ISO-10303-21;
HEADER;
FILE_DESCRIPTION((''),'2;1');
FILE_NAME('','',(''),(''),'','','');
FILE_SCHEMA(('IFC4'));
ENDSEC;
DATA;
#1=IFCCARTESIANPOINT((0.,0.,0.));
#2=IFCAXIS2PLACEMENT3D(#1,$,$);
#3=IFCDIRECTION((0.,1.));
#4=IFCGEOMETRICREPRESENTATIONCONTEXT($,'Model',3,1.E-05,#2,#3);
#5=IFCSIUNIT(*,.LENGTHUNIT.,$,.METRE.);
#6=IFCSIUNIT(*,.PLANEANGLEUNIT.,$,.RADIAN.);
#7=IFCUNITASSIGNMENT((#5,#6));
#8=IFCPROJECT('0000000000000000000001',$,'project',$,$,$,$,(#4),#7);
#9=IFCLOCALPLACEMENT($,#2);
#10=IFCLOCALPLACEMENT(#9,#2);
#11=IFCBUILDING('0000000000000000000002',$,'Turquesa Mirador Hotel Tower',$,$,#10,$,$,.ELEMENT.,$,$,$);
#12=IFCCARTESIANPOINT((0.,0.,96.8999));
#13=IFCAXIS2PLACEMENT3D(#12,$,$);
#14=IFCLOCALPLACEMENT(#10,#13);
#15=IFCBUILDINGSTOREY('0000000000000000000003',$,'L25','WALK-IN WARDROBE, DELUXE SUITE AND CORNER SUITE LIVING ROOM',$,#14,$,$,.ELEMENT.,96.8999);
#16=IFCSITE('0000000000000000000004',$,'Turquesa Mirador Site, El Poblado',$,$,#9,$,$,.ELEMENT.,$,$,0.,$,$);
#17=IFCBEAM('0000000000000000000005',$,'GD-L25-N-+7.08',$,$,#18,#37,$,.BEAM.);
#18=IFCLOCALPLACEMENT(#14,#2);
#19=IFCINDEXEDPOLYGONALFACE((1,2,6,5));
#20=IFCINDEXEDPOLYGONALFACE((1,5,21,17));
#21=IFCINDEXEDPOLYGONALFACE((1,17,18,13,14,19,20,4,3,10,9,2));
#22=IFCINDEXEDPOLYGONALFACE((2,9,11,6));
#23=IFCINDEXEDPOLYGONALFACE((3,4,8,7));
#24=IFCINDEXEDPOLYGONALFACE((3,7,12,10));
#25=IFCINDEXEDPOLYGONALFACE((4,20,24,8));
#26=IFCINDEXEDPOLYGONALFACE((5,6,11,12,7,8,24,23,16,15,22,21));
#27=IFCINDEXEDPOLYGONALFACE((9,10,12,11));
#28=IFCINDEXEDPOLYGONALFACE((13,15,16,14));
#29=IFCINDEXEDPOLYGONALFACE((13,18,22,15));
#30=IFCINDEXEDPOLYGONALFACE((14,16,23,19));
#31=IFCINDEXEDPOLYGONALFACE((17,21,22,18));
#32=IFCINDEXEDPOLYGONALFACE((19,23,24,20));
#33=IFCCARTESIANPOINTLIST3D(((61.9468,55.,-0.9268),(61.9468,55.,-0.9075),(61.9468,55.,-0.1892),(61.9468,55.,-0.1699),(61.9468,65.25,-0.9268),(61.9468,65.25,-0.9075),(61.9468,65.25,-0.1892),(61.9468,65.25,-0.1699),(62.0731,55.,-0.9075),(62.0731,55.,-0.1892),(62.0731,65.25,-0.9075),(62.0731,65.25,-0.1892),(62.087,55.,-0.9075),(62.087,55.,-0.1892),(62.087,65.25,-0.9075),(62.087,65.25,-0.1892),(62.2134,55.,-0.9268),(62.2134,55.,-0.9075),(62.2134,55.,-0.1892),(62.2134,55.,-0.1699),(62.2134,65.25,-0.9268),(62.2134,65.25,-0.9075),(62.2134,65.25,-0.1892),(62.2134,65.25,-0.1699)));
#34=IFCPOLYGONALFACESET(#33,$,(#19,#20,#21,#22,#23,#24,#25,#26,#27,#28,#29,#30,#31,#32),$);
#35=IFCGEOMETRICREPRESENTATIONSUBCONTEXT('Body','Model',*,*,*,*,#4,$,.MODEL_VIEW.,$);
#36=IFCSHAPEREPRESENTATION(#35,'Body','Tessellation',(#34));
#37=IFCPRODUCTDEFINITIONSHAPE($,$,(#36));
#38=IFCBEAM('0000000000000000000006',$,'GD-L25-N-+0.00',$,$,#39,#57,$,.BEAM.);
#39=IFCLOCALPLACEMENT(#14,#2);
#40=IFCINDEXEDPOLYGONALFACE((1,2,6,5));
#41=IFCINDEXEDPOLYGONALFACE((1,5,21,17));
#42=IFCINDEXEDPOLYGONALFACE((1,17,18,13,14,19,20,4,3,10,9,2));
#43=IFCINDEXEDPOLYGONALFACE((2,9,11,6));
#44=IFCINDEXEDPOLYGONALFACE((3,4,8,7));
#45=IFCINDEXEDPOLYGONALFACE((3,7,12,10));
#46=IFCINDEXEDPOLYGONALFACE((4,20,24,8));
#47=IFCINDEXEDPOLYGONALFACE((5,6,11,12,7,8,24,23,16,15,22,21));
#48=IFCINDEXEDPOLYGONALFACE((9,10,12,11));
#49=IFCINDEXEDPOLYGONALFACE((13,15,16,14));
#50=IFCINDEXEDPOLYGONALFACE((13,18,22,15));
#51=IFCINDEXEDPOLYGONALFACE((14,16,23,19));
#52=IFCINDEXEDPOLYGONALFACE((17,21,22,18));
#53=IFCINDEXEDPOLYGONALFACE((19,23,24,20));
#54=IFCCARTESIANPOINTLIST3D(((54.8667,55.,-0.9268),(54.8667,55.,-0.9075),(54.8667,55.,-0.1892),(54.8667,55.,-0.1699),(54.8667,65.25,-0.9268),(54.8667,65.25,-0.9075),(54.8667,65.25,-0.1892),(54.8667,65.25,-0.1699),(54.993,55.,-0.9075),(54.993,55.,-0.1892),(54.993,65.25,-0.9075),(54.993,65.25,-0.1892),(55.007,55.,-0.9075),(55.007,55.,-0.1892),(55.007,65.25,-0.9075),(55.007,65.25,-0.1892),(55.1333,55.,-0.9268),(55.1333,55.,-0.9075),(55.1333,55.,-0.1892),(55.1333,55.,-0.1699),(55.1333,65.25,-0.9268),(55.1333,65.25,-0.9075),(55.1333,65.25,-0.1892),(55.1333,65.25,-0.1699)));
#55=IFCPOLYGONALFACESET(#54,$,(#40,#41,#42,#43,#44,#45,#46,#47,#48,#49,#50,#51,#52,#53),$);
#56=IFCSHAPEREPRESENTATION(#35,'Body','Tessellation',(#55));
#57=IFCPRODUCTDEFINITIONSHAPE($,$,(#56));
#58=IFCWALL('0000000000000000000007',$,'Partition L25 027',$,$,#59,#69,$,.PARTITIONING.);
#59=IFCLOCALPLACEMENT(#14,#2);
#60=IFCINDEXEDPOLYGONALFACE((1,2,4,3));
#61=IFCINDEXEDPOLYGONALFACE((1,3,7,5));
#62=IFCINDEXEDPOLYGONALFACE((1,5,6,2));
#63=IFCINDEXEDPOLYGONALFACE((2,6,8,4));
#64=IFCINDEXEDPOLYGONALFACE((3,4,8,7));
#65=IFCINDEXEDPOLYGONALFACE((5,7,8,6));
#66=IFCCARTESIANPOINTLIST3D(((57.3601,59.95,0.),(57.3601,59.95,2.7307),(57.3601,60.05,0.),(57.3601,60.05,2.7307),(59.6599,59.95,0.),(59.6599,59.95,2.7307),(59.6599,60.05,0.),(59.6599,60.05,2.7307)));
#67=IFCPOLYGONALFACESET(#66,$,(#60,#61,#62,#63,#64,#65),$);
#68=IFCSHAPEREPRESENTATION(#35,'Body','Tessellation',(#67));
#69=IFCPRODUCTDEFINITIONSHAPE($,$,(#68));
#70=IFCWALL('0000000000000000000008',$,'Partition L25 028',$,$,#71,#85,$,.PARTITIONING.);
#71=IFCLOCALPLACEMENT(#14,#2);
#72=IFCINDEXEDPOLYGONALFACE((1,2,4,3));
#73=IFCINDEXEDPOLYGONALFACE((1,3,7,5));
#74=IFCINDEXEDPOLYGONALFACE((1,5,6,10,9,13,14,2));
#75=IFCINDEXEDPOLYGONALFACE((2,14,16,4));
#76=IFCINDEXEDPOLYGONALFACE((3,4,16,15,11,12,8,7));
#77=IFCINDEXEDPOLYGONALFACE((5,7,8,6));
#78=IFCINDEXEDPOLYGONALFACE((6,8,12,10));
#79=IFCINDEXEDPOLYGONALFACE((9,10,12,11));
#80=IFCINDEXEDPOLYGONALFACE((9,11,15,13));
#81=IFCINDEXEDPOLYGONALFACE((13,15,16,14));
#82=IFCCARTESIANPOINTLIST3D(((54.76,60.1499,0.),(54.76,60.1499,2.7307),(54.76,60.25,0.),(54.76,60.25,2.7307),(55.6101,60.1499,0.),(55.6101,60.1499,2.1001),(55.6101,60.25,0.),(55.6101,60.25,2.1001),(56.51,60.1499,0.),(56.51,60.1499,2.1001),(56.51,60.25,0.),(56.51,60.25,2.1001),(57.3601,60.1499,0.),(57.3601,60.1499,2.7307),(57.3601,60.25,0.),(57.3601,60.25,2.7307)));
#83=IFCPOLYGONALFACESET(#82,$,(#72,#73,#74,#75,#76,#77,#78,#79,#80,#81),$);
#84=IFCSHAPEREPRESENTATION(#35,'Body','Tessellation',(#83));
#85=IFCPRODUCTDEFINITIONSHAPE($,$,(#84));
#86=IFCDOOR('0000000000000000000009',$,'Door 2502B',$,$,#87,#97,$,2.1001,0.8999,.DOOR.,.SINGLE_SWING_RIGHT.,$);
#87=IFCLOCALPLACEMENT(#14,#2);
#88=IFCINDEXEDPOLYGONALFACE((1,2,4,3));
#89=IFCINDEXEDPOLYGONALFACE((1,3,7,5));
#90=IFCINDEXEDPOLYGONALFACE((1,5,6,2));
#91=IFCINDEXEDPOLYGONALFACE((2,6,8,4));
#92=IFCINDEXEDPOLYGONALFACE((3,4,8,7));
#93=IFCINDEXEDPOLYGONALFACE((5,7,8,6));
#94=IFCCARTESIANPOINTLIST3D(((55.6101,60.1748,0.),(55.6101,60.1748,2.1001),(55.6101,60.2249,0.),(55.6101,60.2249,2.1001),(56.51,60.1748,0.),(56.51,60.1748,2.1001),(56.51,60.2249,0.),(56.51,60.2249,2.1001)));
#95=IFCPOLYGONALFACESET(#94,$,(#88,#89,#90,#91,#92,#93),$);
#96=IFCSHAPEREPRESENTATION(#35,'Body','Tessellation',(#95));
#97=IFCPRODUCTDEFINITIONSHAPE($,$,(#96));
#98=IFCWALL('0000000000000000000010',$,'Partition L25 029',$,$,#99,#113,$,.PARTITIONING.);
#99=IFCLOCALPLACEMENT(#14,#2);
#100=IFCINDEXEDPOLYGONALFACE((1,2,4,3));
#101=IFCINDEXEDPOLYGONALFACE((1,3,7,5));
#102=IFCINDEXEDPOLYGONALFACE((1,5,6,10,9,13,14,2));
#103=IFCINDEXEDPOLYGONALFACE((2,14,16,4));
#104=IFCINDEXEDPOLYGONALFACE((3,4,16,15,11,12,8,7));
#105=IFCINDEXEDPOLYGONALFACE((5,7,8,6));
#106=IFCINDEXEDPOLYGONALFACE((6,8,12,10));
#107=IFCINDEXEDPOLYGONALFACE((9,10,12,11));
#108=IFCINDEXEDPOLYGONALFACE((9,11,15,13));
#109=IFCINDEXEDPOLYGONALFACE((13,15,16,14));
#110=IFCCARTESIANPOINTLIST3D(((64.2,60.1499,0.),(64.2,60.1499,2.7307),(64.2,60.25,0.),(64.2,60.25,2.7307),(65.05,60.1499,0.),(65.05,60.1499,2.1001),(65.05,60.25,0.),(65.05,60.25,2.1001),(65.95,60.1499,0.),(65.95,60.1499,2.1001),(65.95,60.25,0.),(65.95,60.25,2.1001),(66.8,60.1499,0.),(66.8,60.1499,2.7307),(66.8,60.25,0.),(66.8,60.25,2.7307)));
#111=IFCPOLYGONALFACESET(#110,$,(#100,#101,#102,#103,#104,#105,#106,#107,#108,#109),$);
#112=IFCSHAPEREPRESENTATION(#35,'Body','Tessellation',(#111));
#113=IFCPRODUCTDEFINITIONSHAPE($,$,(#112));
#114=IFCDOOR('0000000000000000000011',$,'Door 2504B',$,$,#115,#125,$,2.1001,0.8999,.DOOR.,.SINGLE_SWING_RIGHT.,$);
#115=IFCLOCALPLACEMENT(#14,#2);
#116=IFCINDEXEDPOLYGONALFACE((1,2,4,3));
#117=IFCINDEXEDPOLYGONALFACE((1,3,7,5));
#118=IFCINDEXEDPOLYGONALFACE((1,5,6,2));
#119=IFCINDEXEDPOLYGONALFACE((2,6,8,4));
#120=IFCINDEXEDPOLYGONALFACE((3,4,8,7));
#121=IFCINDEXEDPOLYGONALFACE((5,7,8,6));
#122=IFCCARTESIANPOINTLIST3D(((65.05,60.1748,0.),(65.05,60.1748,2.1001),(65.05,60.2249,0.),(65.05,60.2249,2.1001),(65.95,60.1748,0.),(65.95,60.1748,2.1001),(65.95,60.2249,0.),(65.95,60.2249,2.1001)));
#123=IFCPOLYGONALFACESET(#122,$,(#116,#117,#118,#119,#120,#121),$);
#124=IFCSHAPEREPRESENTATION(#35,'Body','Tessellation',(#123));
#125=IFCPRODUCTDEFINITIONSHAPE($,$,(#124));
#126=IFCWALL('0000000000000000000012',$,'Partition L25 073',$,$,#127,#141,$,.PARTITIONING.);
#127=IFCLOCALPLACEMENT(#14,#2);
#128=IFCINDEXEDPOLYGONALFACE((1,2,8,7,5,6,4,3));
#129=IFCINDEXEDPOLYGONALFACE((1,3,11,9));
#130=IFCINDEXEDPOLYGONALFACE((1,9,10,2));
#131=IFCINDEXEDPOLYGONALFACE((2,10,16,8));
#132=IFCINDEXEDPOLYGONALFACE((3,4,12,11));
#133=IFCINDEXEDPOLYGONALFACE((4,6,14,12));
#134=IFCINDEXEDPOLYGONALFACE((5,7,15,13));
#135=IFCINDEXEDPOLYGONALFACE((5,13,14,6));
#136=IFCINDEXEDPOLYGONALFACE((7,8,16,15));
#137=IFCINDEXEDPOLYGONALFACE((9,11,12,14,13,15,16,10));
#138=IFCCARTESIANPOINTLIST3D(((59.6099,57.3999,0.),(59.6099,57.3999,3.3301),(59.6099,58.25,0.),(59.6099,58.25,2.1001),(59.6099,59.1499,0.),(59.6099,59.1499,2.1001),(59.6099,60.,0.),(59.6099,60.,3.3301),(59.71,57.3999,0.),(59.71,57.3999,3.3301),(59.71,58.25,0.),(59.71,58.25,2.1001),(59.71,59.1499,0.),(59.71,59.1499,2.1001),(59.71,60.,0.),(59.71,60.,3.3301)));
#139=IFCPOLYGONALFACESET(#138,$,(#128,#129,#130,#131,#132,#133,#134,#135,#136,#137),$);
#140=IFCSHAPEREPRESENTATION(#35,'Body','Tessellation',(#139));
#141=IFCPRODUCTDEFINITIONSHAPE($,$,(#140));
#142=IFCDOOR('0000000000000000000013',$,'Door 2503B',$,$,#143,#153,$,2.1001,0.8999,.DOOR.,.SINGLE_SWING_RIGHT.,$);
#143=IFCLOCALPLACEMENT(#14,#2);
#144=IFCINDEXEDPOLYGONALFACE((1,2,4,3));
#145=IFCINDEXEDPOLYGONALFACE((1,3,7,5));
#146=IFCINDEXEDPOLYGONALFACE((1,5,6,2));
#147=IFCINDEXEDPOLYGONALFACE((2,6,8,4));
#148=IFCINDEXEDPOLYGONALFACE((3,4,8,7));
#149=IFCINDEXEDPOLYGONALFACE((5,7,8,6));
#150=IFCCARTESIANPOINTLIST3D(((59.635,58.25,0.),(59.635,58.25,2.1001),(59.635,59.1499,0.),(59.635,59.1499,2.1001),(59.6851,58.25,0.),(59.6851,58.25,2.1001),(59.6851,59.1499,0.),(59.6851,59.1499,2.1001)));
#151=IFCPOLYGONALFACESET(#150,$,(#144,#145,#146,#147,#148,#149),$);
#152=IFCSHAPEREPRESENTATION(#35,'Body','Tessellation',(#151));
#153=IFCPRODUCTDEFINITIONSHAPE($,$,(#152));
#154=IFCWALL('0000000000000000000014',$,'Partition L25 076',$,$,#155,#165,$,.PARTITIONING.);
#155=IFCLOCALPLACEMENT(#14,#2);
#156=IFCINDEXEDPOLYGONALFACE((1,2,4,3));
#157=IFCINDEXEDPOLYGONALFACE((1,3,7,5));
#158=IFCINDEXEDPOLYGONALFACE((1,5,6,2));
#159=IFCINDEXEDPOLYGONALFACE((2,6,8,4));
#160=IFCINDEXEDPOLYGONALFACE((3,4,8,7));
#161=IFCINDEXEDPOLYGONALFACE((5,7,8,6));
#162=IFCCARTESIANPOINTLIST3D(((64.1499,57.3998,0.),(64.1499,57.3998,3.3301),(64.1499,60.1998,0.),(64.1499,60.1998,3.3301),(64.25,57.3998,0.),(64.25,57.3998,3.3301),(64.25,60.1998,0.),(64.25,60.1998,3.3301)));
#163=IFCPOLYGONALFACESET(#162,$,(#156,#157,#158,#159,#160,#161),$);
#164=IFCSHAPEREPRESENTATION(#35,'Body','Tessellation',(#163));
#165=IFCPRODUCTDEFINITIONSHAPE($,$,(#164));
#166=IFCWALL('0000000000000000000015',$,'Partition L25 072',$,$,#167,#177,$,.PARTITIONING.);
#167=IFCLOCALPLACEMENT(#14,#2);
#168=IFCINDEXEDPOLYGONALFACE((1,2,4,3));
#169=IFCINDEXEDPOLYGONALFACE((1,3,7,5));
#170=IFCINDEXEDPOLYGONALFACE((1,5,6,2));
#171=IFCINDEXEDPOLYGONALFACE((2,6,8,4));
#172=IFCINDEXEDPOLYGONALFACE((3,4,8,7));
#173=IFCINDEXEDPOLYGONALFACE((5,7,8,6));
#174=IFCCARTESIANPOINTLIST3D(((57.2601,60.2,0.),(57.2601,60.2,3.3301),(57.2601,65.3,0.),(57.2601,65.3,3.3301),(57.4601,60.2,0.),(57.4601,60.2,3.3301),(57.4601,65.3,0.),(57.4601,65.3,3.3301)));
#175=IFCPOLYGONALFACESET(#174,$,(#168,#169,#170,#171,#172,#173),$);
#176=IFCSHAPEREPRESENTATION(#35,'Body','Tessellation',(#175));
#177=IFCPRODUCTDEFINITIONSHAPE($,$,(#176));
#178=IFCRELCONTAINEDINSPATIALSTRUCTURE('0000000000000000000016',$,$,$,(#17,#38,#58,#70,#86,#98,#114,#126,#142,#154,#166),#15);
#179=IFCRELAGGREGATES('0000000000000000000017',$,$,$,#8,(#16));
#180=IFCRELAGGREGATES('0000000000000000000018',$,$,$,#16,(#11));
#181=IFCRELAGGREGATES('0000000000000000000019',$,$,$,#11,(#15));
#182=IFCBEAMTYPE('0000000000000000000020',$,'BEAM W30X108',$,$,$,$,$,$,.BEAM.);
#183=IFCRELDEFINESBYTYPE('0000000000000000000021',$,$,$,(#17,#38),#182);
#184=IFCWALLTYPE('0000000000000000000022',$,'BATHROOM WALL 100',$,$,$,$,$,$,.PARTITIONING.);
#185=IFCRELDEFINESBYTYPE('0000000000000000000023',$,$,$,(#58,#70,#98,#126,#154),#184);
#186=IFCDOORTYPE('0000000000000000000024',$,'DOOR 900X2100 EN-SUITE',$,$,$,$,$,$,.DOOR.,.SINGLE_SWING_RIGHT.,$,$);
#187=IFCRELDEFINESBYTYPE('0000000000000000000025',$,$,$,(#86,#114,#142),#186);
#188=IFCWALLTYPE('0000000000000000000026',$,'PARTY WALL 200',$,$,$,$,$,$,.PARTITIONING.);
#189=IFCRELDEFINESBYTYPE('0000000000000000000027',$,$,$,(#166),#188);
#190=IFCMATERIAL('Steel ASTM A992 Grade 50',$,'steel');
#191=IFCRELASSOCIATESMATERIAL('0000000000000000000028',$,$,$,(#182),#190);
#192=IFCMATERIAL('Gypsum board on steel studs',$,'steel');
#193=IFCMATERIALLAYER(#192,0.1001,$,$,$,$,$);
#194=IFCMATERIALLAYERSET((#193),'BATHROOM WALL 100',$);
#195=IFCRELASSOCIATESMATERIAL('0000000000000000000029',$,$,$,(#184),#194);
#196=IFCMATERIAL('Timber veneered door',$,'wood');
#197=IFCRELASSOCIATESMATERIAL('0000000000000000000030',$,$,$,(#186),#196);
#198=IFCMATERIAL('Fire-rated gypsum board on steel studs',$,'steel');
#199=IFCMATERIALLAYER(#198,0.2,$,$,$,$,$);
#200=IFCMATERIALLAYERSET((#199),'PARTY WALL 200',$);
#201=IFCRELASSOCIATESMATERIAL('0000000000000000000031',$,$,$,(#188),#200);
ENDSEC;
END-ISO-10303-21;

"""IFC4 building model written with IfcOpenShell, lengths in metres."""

from ifc_helpers import new_model, si_unit, direction, frame, frame_2d, origin, origin_2d, place, context, subcontext, project, spatial, rectangle, i_section, extrude, material, layer, layer_set, material_profile, profile_set, type_object, element, fill, save


model = new_model("IFC4")

# Units and contexts
model_context = context("Model", 3, precision=1e-05, world=origin(), true_north=direction((0.0, 1.0)))
body_context = subcontext(model_context, "Body", "Model", "MODEL_VIEW")
ifc_project = project(units=[si_unit("LENGTHUNIT", "METRE"), si_unit("PLANEANGLEUNIT", "RADIAN")], contexts=[model_context])

# Site, building, storey
site_placement = place(None, origin())
site = spatial("IfcSite", under=ifc_project, at=site_placement, Name="Turquesa Mirador Site, El Poblado", CompositionType="ELEMENT", RefElevation=0.0)
building_placement = place(site_placement, origin())
building = spatial("IfcBuilding", under=site, at=building_placement, Name="Turquesa Mirador Hotel Tower", CompositionType="ELEMENT")
storey_placement = place(building_placement, frame((0.0, 0.0, 96.8999)))
storey = spatial("IfcBuildingStorey", under=building, at=storey_placement, Name="L25", Description="WALK-IN WARDROBE, DELUXE SUITE AND CORNER SUITE LIVING ROOM", CompositionType="ELEMENT", Elevation=96.8999)

# Beams
ifc_material_1 = material(Name="Steel ASTM A992 Grade 50", Category="steel")
ifc_material_profile_1 = material_profile(ifc_material_1, i_section(OverallWidth=0.2666, OverallDepth=0.7568, WebThickness=0.0139, FlangeThickness=0.0193, at=origin_2d()), Name="W30X108")
ifc_profile_set_1 = profile_set([ifc_material_profile_1], Name="Steel ASTM A992 Grade 50")
beam_type_1 = type_object("IfcBeamType", Name="BEAM W30X108", PredefinedType="BEAM", material=ifc_profile_set_1)
for number, where, z_axis, x_axis, name in (
    (1, (62.0801, 65.25, -0.5483), (0.0, -1.0, 0.0), (1.0, 0.0, 0.0), "GD-L25-N-+7.08"),
    (2, (55.0, 65.25, -0.5483), (0.0, -1.0, 0.0), (1.0, 0.0, 0.0), "GD-L25-N-+0.00"),
):
    element("IfcBeam", number, at=place(storey_placement, frame(where, z_axis=z_axis, x_axis=x_axis)), inside=storey, type_object=beam_type_1, Name=name, PredefinedType="BEAM", context=body_context, shape_type="SweptSolid", body=[
        extrude(i_section(OverallWidth=0.2666, OverallDepth=0.7568, WebThickness=0.0139, FlangeThickness=0.0193, at=origin_2d()), origin(), (0.0, 0.0, 1.0), 10.25),
    ])

# Wall
ifc_material_2 = material(Name="Gypsum board on steel studs", Category="steel")
ifc_layer_1 = layer(ifc_material_2, 0.1001)
ifc_layer_set_1 = layer_set([ifc_layer_1], Name="BATHROOM WALL 100")
wall_type_1 = type_object("IfcWallType", Name="BATHROOM WALL 100", PredefinedType="PARTITIONING", material=ifc_layer_set_1)
wall_1_placement = place(storey_placement, frame((57.3601, 60.0, 0.0), z_axis=(0.0, 0.0, 1.0), x_axis=(1.0, 0.0, 0.0)))
element("IfcWall", 3, at=wall_1_placement, inside=storey, type_object=wall_type_1, Name="Partition L25 027", PredefinedType="PARTITIONING", context=body_context, shape_type="SweptSolid", body=[
    extrude(rectangle(XDim=2.2998, YDim=0.1001, at=frame_2d((1.1499, 0.0))), origin(), (0.0, 0.0, 1.0), 2.7307),
])

# Walls, openings, doors
wall_2_placement = place(storey_placement, frame((54.76, 60.2, 0.0), z_axis=(0.0, 0.0, 1.0), x_axis=(1.0, 0.0, 0.0)))
wall_2 = element("IfcWall", 4, at=wall_2_placement, inside=storey, type_object=wall_type_1, Name="Partition L25 028", PredefinedType="PARTITIONING", context=body_context, shape_type="SweptSolid", body=[
    extrude(rectangle(XDim=2.6001, YDim=0.1001, at=frame_2d((1.3, 0.0))), origin(), (0.0, 0.0, 1.0), 2.7307),
])
opening_1_placement = place(wall_2_placement, frame((0.8501, 0.0, 0.0)))
opening_1 = element("IfcOpeningElement", 5, at=opening_1_placement, cuts=wall_2, PredefinedType="OPENING", context=body_context, shape_type="SweptSolid", body=[
    extrude(rectangle(XDim=0.8999, YDim=2.1001, at=frame_2d((0.45, 1.05))), frame((0.0, 0.0601, 0.0), z_axis=(0.0, -1.0, 0.0), x_axis=(1.0, 0.0, 0.0)), (0.0, 0.0, 1.0), 0.1201),
])
ifc_material_3 = material(Name="Timber veneered door", Category="wood")
door_type = type_object("IfcDoorType", Name="DOOR 900X2100 EN-SUITE", OperationType="SINGLE_SWING_RIGHT", PredefinedType="DOOR", material=ifc_material_3)
door_1_placement = place(opening_1_placement, origin())
door_1 = element("IfcDoor", 6, at=door_1_placement, inside=storey, type_object=door_type, Name="Door 2502B", OperationType="SINGLE_SWING_RIGHT", OverallHeight=2.1001, OverallWidth=0.8999, PredefinedType="DOOR", context=body_context, shape_type="SweptSolid", body=[
    extrude(rectangle(XDim=0.8999, YDim=2.1001, at=frame_2d((0.45, 1.05))), frame((0.0, 0.0249, 0.0), z_axis=(0.0, -1.0, 0.0), x_axis=(1.0, 0.0, 0.0)), (0.0, 0.0, 1.0), 0.05),
])
fill(opening_1, door_1)
wall_3_placement = place(storey_placement, frame((64.2, 60.2, 0.0), z_axis=(0.0, 0.0, 1.0), x_axis=(1.0, 0.0, 0.0)))
wall_3 = element("IfcWall", 7, at=wall_3_placement, inside=storey, type_object=wall_type_1, Name="Partition L25 029", PredefinedType="PARTITIONING", context=body_context, shape_type="SweptSolid", body=[
    extrude(rectangle(XDim=2.6001, YDim=0.1001, at=frame_2d((1.3, 0.0))), origin(), (0.0, 0.0, 1.0), 2.7307),
])
opening_2_placement = place(wall_3_placement, frame((0.8501, 0.0, 0.0)))
opening_2 = element("IfcOpeningElement", 8, at=opening_2_placement, cuts=wall_3, PredefinedType="OPENING", context=body_context, shape_type="SweptSolid", body=[
    extrude(rectangle(XDim=0.8999, YDim=2.1001, at=frame_2d((0.45, 1.05))), frame((0.0, 0.0601, 0.0), z_axis=(0.0, -1.0, 0.0), x_axis=(1.0, 0.0, 0.0)), (0.0, 0.0, 1.0), 0.1201),
])
door_2_placement = place(opening_2_placement, origin())
door_2 = element("IfcDoor", 9, at=door_2_placement, inside=storey, type_object=door_type, Name="Door 2504B", OperationType="SINGLE_SWING_RIGHT", OverallHeight=2.1001, OverallWidth=0.8999, PredefinedType="DOOR", context=body_context, shape_type="SweptSolid", body=[
    extrude(rectangle(XDim=0.8999, YDim=2.1001, at=frame_2d((0.45, 1.05))), frame((0.0, 0.0249, 0.0), z_axis=(0.0, -1.0, 0.0), x_axis=(1.0, 0.0, 0.0)), (0.0, 0.0, 1.0), 0.05),
])
fill(opening_2, door_2)
wall_4_placement = place(storey_placement, frame((59.6599, 57.3999, 0.0), z_axis=(0.0, 0.0, 1.0), x_axis=(0.0, 1.0, 0.0)))
wall_4 = element("IfcWall", 10, at=wall_4_placement, inside=storey, type_object=wall_type_1, Name="Partition L25 073", PredefinedType="PARTITIONING", context=body_context, shape_type="SweptSolid", body=[
    extrude(rectangle(XDim=2.6001, YDim=0.1001, at=frame_2d((1.3, 0.0))), origin(), (0.0, 0.0, 1.0), 3.3301),
])
opening_3_placement = place(wall_4_placement, frame((0.8501, 0.0, 0.0)))
opening_3 = element("IfcOpeningElement", 11, at=opening_3_placement, cuts=wall_4, PredefinedType="OPENING", context=body_context, shape_type="SweptSolid", body=[
    extrude(rectangle(XDim=0.8999, YDim=2.1001, at=frame_2d((0.45, 1.05))), frame((0.0, 0.0601, 0.0), z_axis=(0.0, -1.0, 0.0), x_axis=(1.0, 0.0, 0.0)), (0.0, 0.0, 1.0), 0.1201),
])
door_3_placement = place(opening_3_placement, origin())
door_3 = element("IfcDoor", 12, at=door_3_placement, inside=storey, type_object=door_type, Name="Door 2503B", OperationType="SINGLE_SWING_RIGHT", OverallHeight=2.1001, OverallWidth=0.8999, PredefinedType="DOOR", context=body_context, shape_type="SweptSolid", body=[
    extrude(rectangle(XDim=0.8999, YDim=2.1001, at=frame_2d((0.45, 1.05))), frame((0.0, 0.0249, 0.0), z_axis=(0.0, -1.0, 0.0), x_axis=(1.0, 0.0, 0.0)), (0.0, 0.0, 1.0), 0.05),
])
fill(opening_3, door_3)

# Walls
wall_5_placement = place(storey_placement, frame((64.2, 57.3999, 0.0), z_axis=(0.0, 0.0, 1.0), x_axis=(0.0, 1.0, 0.0)))
element("IfcWall", 13, at=wall_5_placement, inside=storey, type_object=wall_type_1, Name="Partition L25 076", PredefinedType="PARTITIONING", context=body_context, shape_type="SweptSolid", body=[
    extrude(rectangle(XDim=2.8, YDim=0.1001, at=frame_2d((1.3999, 0.0))), origin(), (0.0, 0.0, 1.0), 3.3301),
])
ifc_material_4 = material(Name="Fire-rated gypsum board on steel studs", Category="steel")
ifc_layer_2 = layer(ifc_material_4, 0.2)
ifc_layer_set_2 = layer_set([ifc_layer_2], Name="PARTY WALL 200")
wall_type_2 = type_object("IfcWallType", Name="PARTY WALL 200", PredefinedType="PARTITIONING", material=ifc_layer_set_2)
wall_6_placement = place(storey_placement, frame((57.3601, 60.2, 0.0), z_axis=(0.0, 0.0, 1.0), x_axis=(0.0, 1.0, 0.0)))
element("IfcWall", 14, at=wall_6_placement, inside=storey, type_object=wall_type_2, Name="Partition L25 072", PredefinedType="PARTITIONING", context=body_context, shape_type="SweptSolid", body=[
    extrude(rectangle(XDim=5.1001, YDim=0.2, at=frame_2d((2.55, 0.0))), origin(), (0.0, 0.0, 1.0), 3.3301),
])

save(model, "model.ifc")
